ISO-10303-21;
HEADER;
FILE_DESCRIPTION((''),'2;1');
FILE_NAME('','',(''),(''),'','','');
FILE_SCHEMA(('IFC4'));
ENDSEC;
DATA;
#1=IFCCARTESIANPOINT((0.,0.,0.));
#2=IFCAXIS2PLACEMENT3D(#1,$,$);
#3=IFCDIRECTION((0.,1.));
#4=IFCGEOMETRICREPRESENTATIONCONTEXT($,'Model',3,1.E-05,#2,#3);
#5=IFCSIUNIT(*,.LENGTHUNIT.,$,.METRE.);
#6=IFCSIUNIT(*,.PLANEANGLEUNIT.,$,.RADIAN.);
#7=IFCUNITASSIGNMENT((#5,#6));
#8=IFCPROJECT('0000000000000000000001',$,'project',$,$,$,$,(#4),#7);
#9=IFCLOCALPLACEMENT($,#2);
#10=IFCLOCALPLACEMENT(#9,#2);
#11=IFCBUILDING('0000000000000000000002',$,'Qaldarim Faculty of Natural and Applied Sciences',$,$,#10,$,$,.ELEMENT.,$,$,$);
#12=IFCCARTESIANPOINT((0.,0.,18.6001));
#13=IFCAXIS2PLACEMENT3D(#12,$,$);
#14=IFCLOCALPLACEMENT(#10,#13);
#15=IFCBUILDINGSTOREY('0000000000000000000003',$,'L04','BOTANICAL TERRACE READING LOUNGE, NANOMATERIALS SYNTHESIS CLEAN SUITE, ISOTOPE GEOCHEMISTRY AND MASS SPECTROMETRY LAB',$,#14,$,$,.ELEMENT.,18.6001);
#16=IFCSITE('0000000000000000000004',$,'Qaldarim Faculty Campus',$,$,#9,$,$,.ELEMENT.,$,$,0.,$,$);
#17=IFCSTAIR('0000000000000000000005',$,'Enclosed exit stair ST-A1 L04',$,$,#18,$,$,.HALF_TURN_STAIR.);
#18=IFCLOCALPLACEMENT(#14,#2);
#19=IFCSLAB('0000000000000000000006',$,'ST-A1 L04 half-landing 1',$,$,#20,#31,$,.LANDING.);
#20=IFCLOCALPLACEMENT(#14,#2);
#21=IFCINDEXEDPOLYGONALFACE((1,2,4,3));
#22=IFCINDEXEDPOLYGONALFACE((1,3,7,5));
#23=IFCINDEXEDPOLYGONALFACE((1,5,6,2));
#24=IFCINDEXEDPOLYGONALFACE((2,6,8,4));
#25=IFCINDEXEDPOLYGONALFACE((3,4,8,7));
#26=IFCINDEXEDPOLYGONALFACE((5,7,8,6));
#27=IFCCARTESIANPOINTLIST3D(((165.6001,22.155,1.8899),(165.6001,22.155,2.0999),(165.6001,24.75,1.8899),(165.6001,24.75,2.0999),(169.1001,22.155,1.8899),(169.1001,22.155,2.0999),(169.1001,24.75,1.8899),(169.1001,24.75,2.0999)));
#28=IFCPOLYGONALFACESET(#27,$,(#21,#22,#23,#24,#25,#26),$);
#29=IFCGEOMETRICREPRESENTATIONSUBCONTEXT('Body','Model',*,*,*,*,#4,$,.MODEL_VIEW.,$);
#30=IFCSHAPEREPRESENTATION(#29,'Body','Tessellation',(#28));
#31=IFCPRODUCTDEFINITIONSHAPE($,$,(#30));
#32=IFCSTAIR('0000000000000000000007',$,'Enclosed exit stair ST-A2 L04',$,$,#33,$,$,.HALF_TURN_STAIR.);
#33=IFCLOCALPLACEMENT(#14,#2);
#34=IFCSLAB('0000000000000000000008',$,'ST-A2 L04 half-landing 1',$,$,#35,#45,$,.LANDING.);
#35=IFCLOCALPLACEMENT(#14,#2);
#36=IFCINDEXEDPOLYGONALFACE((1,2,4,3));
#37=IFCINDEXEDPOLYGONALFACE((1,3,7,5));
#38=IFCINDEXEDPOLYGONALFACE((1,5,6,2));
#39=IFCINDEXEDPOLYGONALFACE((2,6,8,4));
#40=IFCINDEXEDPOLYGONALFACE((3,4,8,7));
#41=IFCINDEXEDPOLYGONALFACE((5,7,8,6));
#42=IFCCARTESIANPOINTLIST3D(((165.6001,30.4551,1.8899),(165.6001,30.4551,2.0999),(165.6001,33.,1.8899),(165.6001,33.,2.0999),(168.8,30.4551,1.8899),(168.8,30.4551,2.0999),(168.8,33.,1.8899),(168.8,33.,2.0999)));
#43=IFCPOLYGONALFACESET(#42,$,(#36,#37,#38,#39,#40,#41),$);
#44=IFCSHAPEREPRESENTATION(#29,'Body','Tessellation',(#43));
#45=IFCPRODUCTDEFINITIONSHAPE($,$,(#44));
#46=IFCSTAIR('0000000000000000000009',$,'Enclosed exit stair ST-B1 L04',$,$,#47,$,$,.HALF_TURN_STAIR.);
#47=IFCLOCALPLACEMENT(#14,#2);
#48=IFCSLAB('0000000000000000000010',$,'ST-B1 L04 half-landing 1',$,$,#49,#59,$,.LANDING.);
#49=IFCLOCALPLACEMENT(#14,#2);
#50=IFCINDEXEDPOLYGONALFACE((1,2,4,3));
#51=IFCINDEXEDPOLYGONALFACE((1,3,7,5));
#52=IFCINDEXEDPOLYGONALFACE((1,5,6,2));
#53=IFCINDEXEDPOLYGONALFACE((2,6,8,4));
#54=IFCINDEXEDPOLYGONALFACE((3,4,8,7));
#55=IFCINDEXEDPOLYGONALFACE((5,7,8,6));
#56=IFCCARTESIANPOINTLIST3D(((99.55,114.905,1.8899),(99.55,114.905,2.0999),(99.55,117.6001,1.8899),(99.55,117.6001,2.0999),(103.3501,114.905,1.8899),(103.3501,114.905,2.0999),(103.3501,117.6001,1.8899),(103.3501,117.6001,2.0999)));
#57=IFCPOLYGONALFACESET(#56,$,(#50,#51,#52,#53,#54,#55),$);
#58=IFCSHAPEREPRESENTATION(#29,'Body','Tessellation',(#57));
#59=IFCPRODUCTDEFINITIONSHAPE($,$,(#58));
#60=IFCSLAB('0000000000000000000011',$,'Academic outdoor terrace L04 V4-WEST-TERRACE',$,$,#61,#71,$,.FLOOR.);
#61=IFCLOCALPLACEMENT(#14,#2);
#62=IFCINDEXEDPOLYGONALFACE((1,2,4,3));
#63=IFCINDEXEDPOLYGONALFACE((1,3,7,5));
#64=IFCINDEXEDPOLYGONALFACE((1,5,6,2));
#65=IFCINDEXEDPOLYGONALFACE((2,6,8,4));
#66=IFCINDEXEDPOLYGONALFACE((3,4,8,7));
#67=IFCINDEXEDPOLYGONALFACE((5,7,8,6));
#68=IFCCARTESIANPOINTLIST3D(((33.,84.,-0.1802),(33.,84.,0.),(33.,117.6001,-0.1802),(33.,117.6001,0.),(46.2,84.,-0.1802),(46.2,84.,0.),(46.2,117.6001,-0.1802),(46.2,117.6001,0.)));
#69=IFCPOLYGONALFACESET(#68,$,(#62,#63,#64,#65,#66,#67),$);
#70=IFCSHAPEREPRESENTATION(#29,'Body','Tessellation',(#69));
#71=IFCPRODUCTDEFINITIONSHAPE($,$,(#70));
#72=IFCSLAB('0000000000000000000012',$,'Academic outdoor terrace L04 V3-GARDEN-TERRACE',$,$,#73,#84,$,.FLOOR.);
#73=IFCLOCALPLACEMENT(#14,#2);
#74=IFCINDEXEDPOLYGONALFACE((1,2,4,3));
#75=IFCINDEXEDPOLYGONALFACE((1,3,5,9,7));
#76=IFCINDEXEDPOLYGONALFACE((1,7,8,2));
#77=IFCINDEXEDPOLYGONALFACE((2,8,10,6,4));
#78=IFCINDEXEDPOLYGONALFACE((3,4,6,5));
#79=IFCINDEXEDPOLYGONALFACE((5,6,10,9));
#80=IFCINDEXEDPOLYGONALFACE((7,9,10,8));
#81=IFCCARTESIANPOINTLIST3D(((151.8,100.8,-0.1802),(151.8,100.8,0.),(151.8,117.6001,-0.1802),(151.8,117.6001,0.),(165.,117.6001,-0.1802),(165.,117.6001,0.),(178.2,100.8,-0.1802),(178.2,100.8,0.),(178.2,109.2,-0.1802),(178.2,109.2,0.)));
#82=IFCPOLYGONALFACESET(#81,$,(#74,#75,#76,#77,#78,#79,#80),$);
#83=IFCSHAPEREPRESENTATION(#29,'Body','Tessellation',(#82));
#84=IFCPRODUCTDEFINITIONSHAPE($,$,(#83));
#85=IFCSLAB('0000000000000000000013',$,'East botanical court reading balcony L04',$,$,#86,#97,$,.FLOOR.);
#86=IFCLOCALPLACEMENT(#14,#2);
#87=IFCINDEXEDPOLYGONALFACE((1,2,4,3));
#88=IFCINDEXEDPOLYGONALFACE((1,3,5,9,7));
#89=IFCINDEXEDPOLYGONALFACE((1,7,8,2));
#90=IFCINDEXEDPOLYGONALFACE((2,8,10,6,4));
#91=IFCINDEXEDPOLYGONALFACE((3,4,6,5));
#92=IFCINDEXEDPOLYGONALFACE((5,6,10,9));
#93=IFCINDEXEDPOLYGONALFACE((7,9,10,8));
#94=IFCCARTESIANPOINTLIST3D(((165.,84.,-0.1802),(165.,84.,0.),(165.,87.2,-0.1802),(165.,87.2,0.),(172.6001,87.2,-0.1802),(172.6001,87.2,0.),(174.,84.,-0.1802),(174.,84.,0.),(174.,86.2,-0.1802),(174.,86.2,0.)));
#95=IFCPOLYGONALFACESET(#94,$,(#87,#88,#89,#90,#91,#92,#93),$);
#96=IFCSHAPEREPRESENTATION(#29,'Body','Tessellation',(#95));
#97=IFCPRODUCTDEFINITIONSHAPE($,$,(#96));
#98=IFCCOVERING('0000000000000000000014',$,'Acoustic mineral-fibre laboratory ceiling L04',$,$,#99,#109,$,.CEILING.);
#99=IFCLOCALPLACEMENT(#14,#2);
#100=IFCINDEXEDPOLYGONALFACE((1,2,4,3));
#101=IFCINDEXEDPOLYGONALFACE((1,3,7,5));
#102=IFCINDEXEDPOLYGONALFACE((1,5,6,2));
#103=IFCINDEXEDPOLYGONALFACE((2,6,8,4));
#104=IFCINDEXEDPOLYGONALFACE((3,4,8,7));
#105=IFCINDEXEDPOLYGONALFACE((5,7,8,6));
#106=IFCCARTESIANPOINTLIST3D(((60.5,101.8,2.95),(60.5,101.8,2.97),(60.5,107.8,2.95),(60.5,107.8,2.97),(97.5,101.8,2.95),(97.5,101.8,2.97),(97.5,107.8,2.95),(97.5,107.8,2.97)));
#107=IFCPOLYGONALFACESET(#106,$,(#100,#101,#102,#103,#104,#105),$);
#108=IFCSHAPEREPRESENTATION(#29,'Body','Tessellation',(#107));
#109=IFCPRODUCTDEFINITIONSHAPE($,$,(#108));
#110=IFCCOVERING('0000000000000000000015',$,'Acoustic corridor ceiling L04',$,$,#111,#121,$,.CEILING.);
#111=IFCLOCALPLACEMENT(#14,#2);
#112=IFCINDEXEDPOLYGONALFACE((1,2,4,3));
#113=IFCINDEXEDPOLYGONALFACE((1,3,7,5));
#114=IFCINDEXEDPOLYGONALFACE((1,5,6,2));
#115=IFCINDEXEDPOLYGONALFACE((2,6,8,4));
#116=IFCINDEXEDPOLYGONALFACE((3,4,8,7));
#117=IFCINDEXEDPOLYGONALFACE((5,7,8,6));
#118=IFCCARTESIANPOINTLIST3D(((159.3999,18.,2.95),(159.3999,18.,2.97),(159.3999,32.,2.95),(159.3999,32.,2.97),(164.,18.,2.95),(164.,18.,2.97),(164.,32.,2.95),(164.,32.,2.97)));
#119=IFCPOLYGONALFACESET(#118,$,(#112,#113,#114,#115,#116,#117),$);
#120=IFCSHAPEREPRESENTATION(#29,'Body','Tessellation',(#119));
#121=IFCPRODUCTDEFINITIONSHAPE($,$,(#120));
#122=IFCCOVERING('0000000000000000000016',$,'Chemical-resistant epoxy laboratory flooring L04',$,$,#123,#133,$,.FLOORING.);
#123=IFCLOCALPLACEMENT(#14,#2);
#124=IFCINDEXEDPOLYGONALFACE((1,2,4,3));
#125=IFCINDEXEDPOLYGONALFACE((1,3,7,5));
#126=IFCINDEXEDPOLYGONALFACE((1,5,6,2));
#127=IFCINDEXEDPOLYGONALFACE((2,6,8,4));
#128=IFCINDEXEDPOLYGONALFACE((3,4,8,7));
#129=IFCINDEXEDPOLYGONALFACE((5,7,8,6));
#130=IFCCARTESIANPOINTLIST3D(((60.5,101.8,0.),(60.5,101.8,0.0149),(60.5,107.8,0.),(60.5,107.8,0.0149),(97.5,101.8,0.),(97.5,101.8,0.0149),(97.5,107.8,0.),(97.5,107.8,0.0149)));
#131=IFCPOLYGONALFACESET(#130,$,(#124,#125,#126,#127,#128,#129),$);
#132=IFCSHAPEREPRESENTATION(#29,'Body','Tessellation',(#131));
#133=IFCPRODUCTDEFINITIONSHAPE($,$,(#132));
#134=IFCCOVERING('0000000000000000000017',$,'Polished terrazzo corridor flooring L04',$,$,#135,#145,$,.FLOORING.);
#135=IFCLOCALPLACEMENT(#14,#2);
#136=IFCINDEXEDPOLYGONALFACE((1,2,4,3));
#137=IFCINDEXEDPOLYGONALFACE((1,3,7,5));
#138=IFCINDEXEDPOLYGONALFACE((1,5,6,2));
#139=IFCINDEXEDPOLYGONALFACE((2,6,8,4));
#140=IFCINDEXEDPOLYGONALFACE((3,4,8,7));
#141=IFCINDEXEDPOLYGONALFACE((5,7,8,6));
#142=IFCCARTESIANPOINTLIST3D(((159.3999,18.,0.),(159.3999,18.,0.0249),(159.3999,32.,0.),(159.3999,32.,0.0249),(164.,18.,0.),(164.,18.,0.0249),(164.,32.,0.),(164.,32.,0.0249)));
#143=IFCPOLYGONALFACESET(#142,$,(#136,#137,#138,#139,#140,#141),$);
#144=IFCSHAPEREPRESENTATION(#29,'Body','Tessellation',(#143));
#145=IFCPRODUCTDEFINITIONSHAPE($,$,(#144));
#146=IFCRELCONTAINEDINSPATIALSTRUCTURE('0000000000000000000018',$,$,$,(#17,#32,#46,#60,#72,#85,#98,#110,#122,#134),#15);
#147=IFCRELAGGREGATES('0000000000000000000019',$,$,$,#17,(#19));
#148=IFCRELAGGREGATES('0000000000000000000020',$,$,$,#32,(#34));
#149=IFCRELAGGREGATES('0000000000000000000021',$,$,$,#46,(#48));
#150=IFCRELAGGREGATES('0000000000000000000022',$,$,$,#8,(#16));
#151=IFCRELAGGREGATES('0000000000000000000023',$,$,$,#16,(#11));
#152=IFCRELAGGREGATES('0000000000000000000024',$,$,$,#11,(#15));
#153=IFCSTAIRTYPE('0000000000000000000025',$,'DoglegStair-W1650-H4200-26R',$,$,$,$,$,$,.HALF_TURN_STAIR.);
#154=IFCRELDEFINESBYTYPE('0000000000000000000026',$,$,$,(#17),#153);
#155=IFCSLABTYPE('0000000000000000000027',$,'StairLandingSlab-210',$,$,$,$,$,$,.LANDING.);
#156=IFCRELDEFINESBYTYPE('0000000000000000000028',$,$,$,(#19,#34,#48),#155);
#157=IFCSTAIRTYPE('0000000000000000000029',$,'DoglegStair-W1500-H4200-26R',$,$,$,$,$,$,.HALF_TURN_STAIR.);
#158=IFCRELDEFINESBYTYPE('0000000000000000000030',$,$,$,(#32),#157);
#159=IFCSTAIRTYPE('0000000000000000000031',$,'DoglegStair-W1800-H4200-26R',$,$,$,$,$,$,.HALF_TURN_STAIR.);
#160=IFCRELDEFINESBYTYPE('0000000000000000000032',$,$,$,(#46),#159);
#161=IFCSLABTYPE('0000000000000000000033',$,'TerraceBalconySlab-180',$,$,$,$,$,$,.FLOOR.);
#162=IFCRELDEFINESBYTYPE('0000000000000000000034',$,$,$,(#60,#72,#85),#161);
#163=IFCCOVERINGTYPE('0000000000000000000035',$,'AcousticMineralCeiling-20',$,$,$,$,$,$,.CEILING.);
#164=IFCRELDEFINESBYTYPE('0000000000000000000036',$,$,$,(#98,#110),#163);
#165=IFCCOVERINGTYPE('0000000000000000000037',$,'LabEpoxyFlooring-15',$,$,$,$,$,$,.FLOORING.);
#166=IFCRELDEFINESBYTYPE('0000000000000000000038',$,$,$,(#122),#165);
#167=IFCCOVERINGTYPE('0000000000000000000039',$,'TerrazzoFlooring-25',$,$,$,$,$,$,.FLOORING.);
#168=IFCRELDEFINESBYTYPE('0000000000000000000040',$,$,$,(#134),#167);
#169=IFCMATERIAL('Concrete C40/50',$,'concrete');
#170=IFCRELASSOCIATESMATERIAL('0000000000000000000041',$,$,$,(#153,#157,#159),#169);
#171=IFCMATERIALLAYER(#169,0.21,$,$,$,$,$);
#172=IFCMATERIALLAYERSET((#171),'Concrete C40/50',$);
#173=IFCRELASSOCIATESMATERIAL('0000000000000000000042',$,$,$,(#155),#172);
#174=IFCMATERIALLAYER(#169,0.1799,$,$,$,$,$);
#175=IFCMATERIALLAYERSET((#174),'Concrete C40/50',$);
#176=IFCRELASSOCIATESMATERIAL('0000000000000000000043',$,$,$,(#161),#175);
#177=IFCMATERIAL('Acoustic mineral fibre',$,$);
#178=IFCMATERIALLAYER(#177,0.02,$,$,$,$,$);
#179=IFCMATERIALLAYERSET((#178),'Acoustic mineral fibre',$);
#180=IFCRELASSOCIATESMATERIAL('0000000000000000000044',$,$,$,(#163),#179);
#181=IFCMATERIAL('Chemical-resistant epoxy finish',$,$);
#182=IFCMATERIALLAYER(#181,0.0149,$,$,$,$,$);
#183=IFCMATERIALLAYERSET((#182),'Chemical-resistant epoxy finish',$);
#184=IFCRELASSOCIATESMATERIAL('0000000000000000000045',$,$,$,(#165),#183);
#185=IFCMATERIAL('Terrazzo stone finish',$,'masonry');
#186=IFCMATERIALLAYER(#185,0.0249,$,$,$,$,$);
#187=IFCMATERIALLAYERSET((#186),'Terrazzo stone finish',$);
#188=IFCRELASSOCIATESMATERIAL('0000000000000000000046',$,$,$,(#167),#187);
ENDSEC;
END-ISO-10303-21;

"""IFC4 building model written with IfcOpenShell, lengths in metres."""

from ifc_helpers import new_model, si_unit, direction, frame, origin, place, context, subcontext, project, spatial, polyline, outline, extrude, material, layer, layer_set, type_object, element, aggregate, save


model = new_model("IFC4")

# Units and contexts
model_context = context("Model", 3, precision=1e-05, world=origin(), true_north=direction((0.0, 1.0)))
body_context = subcontext(model_context, "Body", "Model", "MODEL_VIEW")
ifc_project = project(units=[si_unit("LENGTHUNIT", "METRE"), si_unit("PLANEANGLEUNIT", "RADIAN")], contexts=[model_context])

# Site, building, storey
site_placement = place(None, origin())
site = spatial("IfcSite", under=ifc_project, at=site_placement, Name="Qaldarim Faculty Campus", CompositionType="ELEMENT", RefElevation=0.0)
building_placement = place(site_placement, origin())
building = spatial("IfcBuilding", under=site, at=building_placement, Name="Qaldarim Faculty of Natural and Applied Sciences", CompositionType="ELEMENT")
storey_placement = place(building_placement, frame((0.0, 0.0, 18.6001)))
storey = spatial("IfcBuildingStorey", under=building, at=storey_placement, Name="L04", Description="BOTANICAL TERRACE READING LOUNGE, NANOMATERIALS SYNTHESIS CLEAN SUITE, ISOTOPE GEOCHEMISTRY AND MASS SPECTROMETRY LAB", CompositionType="ELEMENT", Elevation=18.6001)

# Shared definitions
ifc_material_1 = material(Name="Concrete C40/50", Category="concrete")

# Stairs, slabs
stair_type_1 = type_object("IfcStairType", Name="DoglegStair-W1650-H4200-26R", PredefinedType="HALF_TURN_STAIR", material=ifc_material_1)
stair_1_placement = place(storey_placement, origin())
stair_1 = element("IfcStair", 1, at=stair_1_placement, inside=storey, type_object=stair_type_1, Name="Enclosed exit stair ST-A1 L04", PredefinedType="HALF_TURN_STAIR")
ifc_layer_1 = layer(ifc_material_1, 0.21)
ifc_layer_set_1 = layer_set([ifc_layer_1], Name="Concrete C40/50")
slab_type_1 = type_object("IfcSlabType", Name="StairLandingSlab-210", PredefinedType="LANDING", material=ifc_layer_set_1)
slab_1_placement = place(storey_placement, frame((0.0, 0.0, 1.8899)))
slab_1 = element("IfcSlab", 2, at=slab_1_placement, type_object=slab_type_1, Name="ST-A1 L04 half-landing 1", PredefinedType="LANDING", context=body_context, shape_type="SweptSolid", body=[
    extrude(outline(polyline([(169.1001, 22.155), (169.1001, 24.75), (165.6001, 24.75), (165.6001, 22.155), (169.1001, 22.155)])), origin(), (0.0, 0.0, 1.0), 0.21),
])
aggregate(stair_1, [slab_1])
stair_type_2 = type_object("IfcStairType", Name="DoglegStair-W1500-H4200-26R", PredefinedType="HALF_TURN_STAIR", material=ifc_material_1)
stair_2_placement = place(storey_placement, origin())
stair_2 = element("IfcStair", 3, at=stair_2_placement, inside=storey, type_object=stair_type_2, Name="Enclosed exit stair ST-A2 L04", PredefinedType="HALF_TURN_STAIR")
slab_2_placement = place(storey_placement, frame((0.0, 0.0, 1.8899)))
slab_2 = element("IfcSlab", 4, at=slab_2_placement, type_object=slab_type_1, Name="ST-A2 L04 half-landing 1", PredefinedType="LANDING", context=body_context, shape_type="SweptSolid", body=[
    extrude(outline(polyline([(168.8, 30.4551), (168.8, 33.0), (165.6001, 33.0), (165.6001, 30.4551), (168.8, 30.4551)])), origin(), (0.0, 0.0, 1.0), 0.21),
])
aggregate(stair_2, [slab_2])
stair_type_3 = type_object("IfcStairType", Name="DoglegStair-W1800-H4200-26R", PredefinedType="HALF_TURN_STAIR", material=ifc_material_1)
stair_3_placement = place(storey_placement, origin())
stair_3 = element("IfcStair", 5, at=stair_3_placement, inside=storey, type_object=stair_type_3, Name="Enclosed exit stair ST-B1 L04", PredefinedType="HALF_TURN_STAIR")
slab_3_placement = place(storey_placement, frame((0.0, 0.0, 1.8899)))
slab_3 = element("IfcSlab", 6, at=slab_3_placement, type_object=slab_type_1, Name="ST-B1 L04 half-landing 1", PredefinedType="LANDING", context=body_context, shape_type="SweptSolid", body=[
    extrude(outline(polyline([(103.3501, 114.905), (103.3501, 117.6001), (99.55, 117.6001), (99.55, 114.905), (103.3501, 114.905)])), origin(), (0.0, 0.0, 1.0), 0.21),
])
aggregate(stair_3, [slab_3])

# Slabs
ifc_layer_2 = layer(ifc_material_1, 0.1799)
ifc_layer_set_2 = layer_set([ifc_layer_2], Name="Concrete C40/50")
slab_type_2 = type_object("IfcSlabType", Name="TerraceBalconySlab-180", PredefinedType="FLOOR", material=ifc_layer_set_2)
slab_4_placement = place(storey_placement, frame((0.0, 0.0, -0.1802)))
element("IfcSlab", 7, at=slab_4_placement, inside=storey, type_object=slab_type_2, Name="Academic outdoor terrace L04 V4-WEST-TERRACE", PredefinedType="FLOOR", context=body_context, shape_type="SweptSolid", body=[
    extrude(outline(polyline([(33.0, 84.0), (46.2, 84.0), (46.2, 117.6001), (33.0, 117.6001), (33.0, 84.0)])), origin(), (0.0, 0.0, 1.0), 0.1802),
])
slab_5_placement = place(storey_placement, frame((0.0, 0.0, -0.1802)))
element("IfcSlab", 8, at=slab_5_placement, inside=storey, type_object=slab_type_2, Name="Academic outdoor terrace L04 V3-GARDEN-TERRACE", PredefinedType="FLOOR", context=body_context, shape_type="SweptSolid", body=[
    extrude(outline(polyline([(151.8, 100.8), (178.2, 100.8), (178.2, 109.2), (165.0, 117.6001), (151.8, 117.6001), (151.8, 100.8)])), origin(), (0.0, 0.0, 1.0), 0.1802),
])
slab_6_placement = place(storey_placement, frame((0.0, 0.0, -0.1802)))
element("IfcSlab", 9, at=slab_6_placement, inside=storey, type_object=slab_type_2, Name="East botanical court reading balcony L04", PredefinedType="FLOOR", context=body_context, shape_type="SweptSolid", body=[
    extrude(outline(polyline([(165.0, 84.0), (174.0, 84.0), (174.0, 86.2), (172.6001, 87.2), (165.0, 87.2), (165.0, 84.0)])), origin(), (0.0, 0.0, 1.0), 0.1802),
])

# Coverings
ifc_material_2 = material(Name="Acoustic mineral fibre")
ifc_layer_3 = layer(ifc_material_2, 0.02)
ifc_layer_set_3 = layer_set([ifc_layer_3], Name="Acoustic mineral fibre")
covering_type_1 = type_object("IfcCoveringType", Name="AcousticMineralCeiling-20", PredefinedType="CEILING", material=ifc_layer_set_3)
covering_1_placement = place(storey_placement, frame((0.0, 0.0, 2.95)))
element("IfcCovering", 10, at=covering_1_placement, inside=storey, type_object=covering_type_1, Name="Acoustic mineral-fibre laboratory ceiling L04", PredefinedType="CEILING", context=body_context, shape_type="SweptSolid", body=[
    extrude(outline(polyline([(60.5, 101.8), (97.5, 101.8), (97.5, 107.8), (60.5, 107.8), (60.5, 101.8)])), origin(), (0.0, 0.0, 1.0), 0.02),
])
covering_2_placement = place(storey_placement, frame((0.0, 0.0, 2.95)))
element("IfcCovering", 11, at=covering_2_placement, inside=storey, type_object=covering_type_1, Name="Acoustic corridor ceiling L04", PredefinedType="CEILING", context=body_context, shape_type="SweptSolid", body=[
    extrude(outline(polyline([(159.3999, 18.0), (164.0, 18.0), (164.0, 32.0), (159.3999, 32.0), (159.3999, 18.0)])), origin(), (0.0, 0.0, 1.0), 0.02),
])
ifc_material_3 = material(Name="Chemical-resistant epoxy finish")
ifc_layer_4 = layer(ifc_material_3, 0.0149)
ifc_layer_set_4 = layer_set([ifc_layer_4], Name="Chemical-resistant epoxy finish")
covering_type_2 = type_object("IfcCoveringType", Name="LabEpoxyFlooring-15", PredefinedType="FLOORING", material=ifc_layer_set_4)
covering_3_placement = place(storey_placement, origin())
element("IfcCovering", 12, at=covering_3_placement, inside=storey, type_object=covering_type_2, Name="Chemical-resistant epoxy laboratory flooring L04", PredefinedType="FLOORING", context=body_context, shape_type="SweptSolid", body=[
    extrude(outline(polyline([(60.5, 101.8), (97.5, 101.8), (97.5, 107.8), (60.5, 107.8), (60.5, 101.8)])), origin(), (0.0, 0.0, 1.0), 0.0149),
])
ifc_material_4 = material(Name="Terrazzo stone finish", Category="masonry")
ifc_layer_5 = layer(ifc_material_4, 0.0249)
ifc_layer_set_5 = layer_set([ifc_layer_5], Name="Terrazzo stone finish")
covering_type_3 = type_object("IfcCoveringType", Name="TerrazzoFlooring-25", PredefinedType="FLOORING", material=ifc_layer_set_5)
covering_4_placement = place(storey_placement, origin())
element("IfcCovering", 13, at=covering_4_placement, inside=storey, type_object=covering_type_3, Name="Polished terrazzo corridor flooring L04", PredefinedType="FLOORING", context=body_context, shape_type="SweptSolid", body=[
    extrude(outline(polyline([(159.3999, 18.0), (164.0, 18.0), (164.0, 32.0), (159.3999, 32.0), (159.3999, 18.0)])), origin(), (0.0, 0.0, 1.0), 0.0249),
])

save(model, "model.ifc")
